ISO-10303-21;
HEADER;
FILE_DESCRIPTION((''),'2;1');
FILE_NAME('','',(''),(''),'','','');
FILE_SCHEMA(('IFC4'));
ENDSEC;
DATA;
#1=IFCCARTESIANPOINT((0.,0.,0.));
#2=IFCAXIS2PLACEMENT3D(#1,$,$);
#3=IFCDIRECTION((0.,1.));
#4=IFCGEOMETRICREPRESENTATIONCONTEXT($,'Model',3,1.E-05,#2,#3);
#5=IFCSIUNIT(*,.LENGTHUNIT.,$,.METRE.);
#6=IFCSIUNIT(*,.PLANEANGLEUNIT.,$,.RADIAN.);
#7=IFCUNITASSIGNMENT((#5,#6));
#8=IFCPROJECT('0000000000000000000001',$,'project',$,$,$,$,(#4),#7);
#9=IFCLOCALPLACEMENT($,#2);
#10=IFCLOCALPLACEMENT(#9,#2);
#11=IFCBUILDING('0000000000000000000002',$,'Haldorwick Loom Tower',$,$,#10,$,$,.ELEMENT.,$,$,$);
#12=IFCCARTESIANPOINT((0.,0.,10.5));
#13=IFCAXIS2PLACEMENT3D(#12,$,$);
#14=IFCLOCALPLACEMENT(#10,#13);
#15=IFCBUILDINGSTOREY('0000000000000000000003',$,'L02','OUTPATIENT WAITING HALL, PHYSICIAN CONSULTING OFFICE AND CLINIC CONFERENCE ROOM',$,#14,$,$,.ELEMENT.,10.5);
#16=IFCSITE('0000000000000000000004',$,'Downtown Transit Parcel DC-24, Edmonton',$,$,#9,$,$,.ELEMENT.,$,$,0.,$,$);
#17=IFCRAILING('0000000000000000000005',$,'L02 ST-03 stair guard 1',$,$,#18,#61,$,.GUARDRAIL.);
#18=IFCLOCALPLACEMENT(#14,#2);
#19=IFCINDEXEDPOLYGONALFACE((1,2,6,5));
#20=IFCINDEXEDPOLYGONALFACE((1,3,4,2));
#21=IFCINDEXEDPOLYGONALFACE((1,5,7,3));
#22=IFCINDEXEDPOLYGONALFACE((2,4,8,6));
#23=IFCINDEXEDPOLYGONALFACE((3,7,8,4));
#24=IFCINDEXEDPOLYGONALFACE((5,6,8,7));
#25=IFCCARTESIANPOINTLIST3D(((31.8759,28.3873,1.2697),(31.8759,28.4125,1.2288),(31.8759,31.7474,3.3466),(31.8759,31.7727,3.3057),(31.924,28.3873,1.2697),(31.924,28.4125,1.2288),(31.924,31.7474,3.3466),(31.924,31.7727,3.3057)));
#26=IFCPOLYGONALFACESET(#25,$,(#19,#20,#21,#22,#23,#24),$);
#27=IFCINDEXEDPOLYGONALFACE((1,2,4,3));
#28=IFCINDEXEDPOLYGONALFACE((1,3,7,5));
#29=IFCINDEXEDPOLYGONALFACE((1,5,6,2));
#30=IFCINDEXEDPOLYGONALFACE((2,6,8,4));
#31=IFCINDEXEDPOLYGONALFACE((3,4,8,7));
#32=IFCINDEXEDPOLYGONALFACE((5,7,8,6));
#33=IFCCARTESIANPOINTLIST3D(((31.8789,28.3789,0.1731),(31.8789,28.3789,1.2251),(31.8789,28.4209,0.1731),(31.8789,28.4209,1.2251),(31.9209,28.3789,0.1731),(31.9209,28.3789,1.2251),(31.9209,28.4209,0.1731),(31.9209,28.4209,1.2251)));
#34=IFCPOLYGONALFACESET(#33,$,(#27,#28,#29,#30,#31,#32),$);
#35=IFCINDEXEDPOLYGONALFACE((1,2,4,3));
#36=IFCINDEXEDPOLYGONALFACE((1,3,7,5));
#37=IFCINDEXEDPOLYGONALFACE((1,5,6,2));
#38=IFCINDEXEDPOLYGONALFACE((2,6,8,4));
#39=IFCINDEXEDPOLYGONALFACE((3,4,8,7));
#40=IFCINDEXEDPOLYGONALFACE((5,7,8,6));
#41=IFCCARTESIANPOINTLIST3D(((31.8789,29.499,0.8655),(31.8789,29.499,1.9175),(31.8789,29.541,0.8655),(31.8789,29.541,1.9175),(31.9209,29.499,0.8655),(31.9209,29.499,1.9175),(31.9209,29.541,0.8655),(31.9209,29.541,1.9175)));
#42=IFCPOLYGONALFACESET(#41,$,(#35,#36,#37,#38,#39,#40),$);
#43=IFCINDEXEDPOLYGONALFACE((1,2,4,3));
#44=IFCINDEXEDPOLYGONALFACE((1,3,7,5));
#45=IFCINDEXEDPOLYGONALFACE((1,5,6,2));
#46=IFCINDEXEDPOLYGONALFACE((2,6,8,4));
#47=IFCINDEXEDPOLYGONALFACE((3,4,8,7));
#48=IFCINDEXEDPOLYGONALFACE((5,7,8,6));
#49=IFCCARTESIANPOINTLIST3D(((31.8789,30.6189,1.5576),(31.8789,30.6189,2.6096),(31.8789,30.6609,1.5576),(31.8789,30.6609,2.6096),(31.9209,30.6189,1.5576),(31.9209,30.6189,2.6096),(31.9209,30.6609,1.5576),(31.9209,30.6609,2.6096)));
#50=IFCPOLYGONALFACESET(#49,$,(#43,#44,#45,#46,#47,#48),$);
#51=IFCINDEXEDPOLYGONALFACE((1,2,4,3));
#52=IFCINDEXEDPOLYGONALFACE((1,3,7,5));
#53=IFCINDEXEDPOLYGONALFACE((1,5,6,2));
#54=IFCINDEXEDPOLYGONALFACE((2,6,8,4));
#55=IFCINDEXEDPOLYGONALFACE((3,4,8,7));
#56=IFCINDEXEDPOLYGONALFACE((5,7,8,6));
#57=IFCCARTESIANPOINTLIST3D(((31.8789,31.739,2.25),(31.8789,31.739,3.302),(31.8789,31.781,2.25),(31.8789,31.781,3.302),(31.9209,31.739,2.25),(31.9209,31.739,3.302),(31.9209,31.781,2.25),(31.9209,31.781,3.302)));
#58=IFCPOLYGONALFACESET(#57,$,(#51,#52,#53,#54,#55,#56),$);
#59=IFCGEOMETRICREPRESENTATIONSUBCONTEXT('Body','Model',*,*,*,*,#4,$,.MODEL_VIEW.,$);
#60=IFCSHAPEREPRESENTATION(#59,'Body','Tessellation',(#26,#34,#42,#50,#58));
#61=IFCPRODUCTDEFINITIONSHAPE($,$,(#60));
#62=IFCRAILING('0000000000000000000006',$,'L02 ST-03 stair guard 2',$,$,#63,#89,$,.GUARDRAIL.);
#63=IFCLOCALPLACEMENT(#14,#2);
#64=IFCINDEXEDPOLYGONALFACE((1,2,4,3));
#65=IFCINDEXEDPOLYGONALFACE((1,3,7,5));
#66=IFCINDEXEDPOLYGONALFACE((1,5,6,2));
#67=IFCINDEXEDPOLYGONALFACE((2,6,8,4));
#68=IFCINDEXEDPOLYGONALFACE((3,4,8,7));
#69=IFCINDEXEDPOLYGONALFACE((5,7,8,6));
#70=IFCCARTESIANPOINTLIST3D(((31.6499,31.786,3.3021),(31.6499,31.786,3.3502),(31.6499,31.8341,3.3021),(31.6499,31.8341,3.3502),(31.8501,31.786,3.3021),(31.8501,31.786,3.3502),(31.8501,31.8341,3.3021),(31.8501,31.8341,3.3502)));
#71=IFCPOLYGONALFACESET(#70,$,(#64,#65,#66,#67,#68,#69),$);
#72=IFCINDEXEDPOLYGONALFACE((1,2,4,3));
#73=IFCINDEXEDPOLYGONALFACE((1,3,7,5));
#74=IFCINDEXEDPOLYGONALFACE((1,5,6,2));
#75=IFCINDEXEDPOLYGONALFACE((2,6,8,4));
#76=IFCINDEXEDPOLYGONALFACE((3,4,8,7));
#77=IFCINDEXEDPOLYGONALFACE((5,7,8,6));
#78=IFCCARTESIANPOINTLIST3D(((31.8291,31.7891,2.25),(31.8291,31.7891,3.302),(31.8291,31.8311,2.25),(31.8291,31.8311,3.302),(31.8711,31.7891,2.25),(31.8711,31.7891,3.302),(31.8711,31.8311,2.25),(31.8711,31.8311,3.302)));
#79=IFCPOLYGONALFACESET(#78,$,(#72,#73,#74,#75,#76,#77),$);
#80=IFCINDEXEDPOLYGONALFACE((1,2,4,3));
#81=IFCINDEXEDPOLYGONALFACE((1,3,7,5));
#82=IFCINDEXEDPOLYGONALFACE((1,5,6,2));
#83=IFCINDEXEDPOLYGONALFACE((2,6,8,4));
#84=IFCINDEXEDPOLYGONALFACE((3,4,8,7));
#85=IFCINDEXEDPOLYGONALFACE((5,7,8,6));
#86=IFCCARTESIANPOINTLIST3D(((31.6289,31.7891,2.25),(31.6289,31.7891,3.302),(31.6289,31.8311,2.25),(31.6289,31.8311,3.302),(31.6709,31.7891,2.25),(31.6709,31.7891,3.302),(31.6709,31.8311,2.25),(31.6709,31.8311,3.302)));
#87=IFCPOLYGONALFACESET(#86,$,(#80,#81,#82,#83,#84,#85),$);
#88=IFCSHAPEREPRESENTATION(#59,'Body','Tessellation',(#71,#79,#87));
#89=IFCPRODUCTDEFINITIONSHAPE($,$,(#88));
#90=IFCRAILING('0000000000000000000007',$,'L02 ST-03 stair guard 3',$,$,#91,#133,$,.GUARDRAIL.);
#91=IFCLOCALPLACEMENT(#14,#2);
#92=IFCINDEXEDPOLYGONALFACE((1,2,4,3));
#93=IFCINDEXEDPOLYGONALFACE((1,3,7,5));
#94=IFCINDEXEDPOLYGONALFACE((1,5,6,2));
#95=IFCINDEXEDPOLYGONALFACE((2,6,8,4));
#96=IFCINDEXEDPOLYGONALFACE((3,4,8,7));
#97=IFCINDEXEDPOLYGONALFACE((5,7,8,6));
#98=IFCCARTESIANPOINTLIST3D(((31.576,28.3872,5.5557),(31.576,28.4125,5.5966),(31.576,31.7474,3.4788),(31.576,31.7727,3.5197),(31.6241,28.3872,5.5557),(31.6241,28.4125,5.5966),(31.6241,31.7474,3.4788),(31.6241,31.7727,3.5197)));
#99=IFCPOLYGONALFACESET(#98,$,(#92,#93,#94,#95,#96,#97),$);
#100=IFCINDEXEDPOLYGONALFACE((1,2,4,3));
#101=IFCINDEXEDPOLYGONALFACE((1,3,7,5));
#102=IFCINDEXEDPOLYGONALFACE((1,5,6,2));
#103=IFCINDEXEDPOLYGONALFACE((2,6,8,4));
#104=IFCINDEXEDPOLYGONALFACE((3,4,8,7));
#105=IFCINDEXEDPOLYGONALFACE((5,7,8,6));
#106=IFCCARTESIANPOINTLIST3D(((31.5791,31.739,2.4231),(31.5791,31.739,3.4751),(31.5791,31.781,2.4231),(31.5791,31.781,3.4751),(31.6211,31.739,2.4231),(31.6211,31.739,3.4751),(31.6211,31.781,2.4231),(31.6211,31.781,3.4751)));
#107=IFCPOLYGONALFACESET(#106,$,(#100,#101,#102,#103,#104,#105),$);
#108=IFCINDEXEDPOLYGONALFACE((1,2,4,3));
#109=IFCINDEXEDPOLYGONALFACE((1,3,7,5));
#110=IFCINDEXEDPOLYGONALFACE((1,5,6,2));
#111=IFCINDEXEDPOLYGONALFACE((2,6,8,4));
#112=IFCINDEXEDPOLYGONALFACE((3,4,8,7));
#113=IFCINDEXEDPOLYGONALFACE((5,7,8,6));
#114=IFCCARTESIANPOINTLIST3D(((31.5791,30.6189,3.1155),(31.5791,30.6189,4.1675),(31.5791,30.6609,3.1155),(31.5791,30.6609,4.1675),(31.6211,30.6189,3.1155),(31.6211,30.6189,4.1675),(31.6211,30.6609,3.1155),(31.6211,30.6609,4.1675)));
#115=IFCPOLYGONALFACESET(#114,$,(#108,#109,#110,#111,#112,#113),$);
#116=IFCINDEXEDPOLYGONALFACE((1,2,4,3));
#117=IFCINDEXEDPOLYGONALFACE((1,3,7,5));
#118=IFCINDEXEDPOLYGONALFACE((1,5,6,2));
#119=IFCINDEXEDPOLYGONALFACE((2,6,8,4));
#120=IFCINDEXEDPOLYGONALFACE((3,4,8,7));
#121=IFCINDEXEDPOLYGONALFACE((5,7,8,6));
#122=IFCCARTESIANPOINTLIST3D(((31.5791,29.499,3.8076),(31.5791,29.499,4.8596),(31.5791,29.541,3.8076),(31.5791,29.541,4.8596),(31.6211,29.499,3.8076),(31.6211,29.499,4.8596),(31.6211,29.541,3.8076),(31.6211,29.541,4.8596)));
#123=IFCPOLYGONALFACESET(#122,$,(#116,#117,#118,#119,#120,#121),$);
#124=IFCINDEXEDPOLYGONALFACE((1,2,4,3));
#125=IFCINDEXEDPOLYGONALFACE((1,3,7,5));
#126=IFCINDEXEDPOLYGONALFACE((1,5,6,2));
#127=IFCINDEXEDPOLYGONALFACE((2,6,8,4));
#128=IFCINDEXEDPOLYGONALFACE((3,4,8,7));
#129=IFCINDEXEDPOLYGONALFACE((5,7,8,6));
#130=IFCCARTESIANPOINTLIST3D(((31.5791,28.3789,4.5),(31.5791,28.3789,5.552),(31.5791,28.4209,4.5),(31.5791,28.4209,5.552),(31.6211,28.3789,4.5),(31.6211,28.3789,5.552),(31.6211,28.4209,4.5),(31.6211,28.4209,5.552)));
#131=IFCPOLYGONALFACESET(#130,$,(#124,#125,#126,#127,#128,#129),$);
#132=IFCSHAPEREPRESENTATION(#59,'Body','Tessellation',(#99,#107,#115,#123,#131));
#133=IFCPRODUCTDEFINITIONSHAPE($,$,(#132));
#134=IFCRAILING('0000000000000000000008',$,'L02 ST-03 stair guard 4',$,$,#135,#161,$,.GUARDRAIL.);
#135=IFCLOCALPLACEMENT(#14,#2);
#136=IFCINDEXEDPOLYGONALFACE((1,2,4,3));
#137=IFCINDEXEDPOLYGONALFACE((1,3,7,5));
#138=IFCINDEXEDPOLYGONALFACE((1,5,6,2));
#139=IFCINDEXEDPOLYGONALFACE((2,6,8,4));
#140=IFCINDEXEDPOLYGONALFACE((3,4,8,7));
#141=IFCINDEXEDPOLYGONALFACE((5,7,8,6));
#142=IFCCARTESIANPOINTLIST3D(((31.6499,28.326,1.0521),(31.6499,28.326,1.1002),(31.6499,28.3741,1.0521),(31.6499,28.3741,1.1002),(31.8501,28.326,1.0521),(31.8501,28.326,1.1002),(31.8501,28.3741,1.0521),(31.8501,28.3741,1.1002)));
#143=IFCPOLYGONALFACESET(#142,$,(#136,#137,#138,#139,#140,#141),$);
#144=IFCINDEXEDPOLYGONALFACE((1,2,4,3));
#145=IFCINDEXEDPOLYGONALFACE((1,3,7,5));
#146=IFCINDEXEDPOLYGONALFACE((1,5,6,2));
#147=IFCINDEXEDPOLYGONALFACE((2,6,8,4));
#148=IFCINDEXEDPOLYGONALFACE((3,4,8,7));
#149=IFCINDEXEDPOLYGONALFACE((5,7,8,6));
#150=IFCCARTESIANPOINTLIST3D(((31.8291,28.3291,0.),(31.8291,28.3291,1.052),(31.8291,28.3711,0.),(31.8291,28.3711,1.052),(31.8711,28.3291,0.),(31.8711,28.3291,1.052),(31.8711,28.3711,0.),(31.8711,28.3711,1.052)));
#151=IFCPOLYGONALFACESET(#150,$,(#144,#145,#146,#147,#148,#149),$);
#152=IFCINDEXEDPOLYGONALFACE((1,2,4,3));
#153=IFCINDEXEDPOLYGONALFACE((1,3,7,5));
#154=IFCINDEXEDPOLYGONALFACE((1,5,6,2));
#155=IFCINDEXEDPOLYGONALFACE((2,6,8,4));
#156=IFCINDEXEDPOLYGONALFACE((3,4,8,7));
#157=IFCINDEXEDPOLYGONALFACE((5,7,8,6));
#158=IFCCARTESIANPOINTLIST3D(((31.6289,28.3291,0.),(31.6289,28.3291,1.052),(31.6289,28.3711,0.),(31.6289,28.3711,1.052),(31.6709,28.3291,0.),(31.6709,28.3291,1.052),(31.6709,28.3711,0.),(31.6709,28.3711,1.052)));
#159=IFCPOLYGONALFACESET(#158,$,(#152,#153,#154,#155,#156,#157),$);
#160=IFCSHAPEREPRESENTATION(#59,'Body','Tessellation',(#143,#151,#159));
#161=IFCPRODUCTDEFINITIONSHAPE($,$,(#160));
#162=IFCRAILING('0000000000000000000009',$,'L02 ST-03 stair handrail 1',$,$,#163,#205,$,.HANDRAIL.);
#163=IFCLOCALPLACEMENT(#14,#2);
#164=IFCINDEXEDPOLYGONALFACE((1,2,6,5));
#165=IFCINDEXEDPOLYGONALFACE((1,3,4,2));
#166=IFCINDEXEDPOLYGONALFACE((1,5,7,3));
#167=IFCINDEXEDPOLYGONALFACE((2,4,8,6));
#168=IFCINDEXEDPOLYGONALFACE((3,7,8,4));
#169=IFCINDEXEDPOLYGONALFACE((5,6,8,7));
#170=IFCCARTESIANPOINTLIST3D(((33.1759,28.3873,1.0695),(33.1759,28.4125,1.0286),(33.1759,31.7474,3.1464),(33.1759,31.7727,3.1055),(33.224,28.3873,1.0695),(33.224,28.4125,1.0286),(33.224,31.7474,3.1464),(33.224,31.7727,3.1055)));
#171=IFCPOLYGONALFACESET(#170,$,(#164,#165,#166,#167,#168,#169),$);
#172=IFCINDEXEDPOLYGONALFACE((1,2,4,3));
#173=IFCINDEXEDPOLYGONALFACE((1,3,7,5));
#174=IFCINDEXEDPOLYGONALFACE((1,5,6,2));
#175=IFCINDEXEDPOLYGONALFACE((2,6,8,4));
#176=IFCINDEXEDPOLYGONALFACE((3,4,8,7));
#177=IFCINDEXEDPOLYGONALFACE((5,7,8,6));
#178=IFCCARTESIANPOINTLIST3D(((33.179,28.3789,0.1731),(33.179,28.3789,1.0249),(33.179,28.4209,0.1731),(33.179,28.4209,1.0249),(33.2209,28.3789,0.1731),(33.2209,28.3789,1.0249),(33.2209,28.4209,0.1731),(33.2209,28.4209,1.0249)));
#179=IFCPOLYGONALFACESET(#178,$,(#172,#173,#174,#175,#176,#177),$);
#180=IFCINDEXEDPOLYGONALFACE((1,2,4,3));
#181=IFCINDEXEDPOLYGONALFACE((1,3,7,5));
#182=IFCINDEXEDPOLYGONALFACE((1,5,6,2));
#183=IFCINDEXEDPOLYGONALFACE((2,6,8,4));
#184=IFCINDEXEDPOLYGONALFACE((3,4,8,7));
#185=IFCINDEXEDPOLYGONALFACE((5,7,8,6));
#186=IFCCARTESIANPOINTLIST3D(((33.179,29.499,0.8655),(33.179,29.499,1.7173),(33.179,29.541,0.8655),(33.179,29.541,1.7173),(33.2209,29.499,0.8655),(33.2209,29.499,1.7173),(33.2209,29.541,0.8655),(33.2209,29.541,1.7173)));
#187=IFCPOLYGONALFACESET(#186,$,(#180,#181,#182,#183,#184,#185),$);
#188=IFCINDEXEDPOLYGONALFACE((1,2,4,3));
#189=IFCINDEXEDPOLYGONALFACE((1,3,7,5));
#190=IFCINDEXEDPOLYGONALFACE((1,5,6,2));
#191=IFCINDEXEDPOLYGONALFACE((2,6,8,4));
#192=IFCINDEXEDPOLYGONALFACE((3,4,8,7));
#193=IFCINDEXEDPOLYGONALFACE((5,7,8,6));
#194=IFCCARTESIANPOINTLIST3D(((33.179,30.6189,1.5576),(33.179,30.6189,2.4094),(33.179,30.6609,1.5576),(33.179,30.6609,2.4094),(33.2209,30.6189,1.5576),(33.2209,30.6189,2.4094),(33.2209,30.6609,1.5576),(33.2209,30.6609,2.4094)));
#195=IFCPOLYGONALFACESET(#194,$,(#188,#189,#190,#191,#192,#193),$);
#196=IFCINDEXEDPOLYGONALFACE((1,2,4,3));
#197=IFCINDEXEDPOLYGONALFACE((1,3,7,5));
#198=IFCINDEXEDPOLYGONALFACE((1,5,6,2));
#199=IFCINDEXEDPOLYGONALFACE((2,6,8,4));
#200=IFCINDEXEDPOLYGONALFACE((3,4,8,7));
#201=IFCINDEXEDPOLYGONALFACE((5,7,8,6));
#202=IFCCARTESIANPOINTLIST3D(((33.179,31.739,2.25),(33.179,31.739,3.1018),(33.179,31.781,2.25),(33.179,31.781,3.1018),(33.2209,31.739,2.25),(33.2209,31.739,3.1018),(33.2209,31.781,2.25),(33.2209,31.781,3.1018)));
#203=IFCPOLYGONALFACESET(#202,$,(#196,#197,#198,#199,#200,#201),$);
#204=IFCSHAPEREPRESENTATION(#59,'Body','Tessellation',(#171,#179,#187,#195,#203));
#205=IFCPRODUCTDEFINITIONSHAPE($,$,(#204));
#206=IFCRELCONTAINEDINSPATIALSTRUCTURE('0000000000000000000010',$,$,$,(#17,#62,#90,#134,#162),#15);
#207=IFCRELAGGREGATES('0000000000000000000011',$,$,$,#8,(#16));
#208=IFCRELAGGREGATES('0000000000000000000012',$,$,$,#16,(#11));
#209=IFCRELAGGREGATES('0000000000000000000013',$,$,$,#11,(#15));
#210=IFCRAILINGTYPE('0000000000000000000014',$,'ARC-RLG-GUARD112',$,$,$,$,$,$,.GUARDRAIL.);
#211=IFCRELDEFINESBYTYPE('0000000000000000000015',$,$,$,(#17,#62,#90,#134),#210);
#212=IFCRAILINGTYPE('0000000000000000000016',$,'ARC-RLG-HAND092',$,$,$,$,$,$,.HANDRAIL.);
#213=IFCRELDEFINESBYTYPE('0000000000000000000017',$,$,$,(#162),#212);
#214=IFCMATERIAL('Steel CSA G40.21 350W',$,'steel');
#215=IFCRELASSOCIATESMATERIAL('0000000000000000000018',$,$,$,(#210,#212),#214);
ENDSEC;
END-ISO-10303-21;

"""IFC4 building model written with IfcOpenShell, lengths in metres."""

from ifc_helpers import new_model, si_unit, direction, frame, origin, origin_2d, place, context, subcontext, project, spatial, rectangle, extrude, material, type_object, element, save


model = new_model("IFC4")

# Units and contexts
model_context = context("Model", 3, precision=1e-05, world=origin(), true_north=direction((0.0, 1.0)))
body_context = subcontext(model_context, "Body", "Model", "MODEL_VIEW")
ifc_project = project(units=[si_unit("LENGTHUNIT", "METRE"), si_unit("PLANEANGLEUNIT", "RADIAN")], contexts=[model_context])

# Site, building, storey
site_placement = place(None, origin())
site = spatial("IfcSite", under=ifc_project, at=site_placement, Name="Downtown Transit Parcel DC-24, Edmonton", CompositionType="ELEMENT", RefElevation=0.0)
building_placement = place(site_placement, origin())
building = spatial("IfcBuilding", under=site, at=building_placement, Name="Haldorwick Loom Tower", CompositionType="ELEMENT")
storey_placement = place(building_placement, frame((0.0, 0.0, 10.5)))
storey = spatial("IfcBuildingStorey", under=building, at=storey_placement, Name="L02", Description="OUTPATIENT WAITING HALL, PHYSICIAN CONSULTING OFFICE AND CLINIC CONFERENCE ROOM", CompositionType="ELEMENT", Elevation=10.5)

# Railings
ifc_material_1 = material(Name="Steel CSA G40.21 350W", Category="steel")
railing_type_1 = type_object("IfcRailingType", Name="ARC-RLG-GUARD112", PredefinedType="GUARDRAIL", material=ifc_material_1)
railing_1_placement = place(storey_placement, frame((31.8999, 28.3999, 0.1731)))
element("IfcRailing", 1, at=railing_1_placement, inside=storey, type_object=railing_type_1, Name="L02 ST-03 stair guard 1", PredefinedType="GUARDRAIL", context=body_context, shape_type="SweptSolid", body=[
    extrude(rectangle(XDim=0.0481, YDim=0.0481, at=origin_2d()), frame((0.0, 0.0, 1.0762), z_axis=(0.0, 0.850623, 0.525776), x_axis=(-1.0, 0.0, 0.0)), (0.0, 0.0, 1.0), 3.9502),
    extrude(rectangle(XDim=0.042, YDim=0.042, at=origin_2d()), origin(), (0.0, 0.0, 1.0), 1.052),
    extrude(rectangle(XDim=0.042, YDim=0.042, at=origin_2d()), frame((0.0, 1.1201, 0.6924)), (0.0, 0.0, 1.0), 1.052),
    extrude(rectangle(XDim=0.042, YDim=0.042, at=origin_2d()), frame((0.0, 2.24, 1.3845)), (0.0, 0.0, 1.0), 1.052),
    extrude(rectangle(XDim=0.042, YDim=0.042, at=origin_2d()), frame((0.0, 3.3601, 2.0769)), (0.0, 0.0, 1.0), 1.052),
])
railing_2_placement = place(storey_placement, frame((31.8501, 31.8101, 2.25)))
element("IfcRailing", 2, at=railing_2_placement, inside=storey, type_object=railing_type_1, Name="L02 ST-03 stair guard 2", PredefinedType="GUARDRAIL", context=body_context, shape_type="SweptSolid", body=[
    extrude(rectangle(XDim=0.0481, YDim=0.0481, at=origin_2d()), frame((0.0, 0.0, 1.0762), z_axis=(-1.0, 0.0, 0.0), x_axis=(0.0, -1.0, 0.0)), (0.0, 0.0, 1.0), 0.2002),
    extrude(rectangle(XDim=0.042, YDim=0.042, at=origin_2d()), origin(), (0.0, 0.0, 1.0), 1.052),
    extrude(rectangle(XDim=0.042, YDim=0.042, at=origin_2d()), frame((-0.2002, 0.0, 0.0)), (0.0, 0.0, 1.0), 1.052),
])
railing_3_placement = place(storey_placement, frame((31.6001, 31.76, 2.4231)))
element("IfcRailing", 3, at=railing_3_placement, inside=storey, type_object=railing_type_1, Name="L02 ST-03 stair guard 3", PredefinedType="GUARDRAIL", context=body_context, shape_type="SweptSolid", body=[
    extrude(rectangle(XDim=0.0481, YDim=0.0481, at=origin_2d()), frame((0.0, 0.0, 1.0762), z_axis=(0.0, -0.850623, 0.525776), x_axis=(1.0, 0.0, 0.0)), (0.0, 0.0, 1.0), 3.9502),
    extrude(rectangle(XDim=0.042, YDim=0.042, at=origin_2d()), origin(), (0.0, 0.0, 1.0), 1.052),
    extrude(rectangle(XDim=0.042, YDim=0.042, at=origin_2d()), frame((0.0, -1.1201, 0.6924)), (0.0, 0.0, 1.0), 1.052),
    extrude(rectangle(XDim=0.042, YDim=0.042, at=origin_2d()), frame((0.0, -2.24, 1.3845)), (0.0, 0.0, 1.0), 1.052),
    extrude(rectangle(XDim=0.042, YDim=0.042, at=origin_2d()), frame((0.0, -3.3601, 2.0769)), (0.0, 0.0, 1.0), 1.052),
])
railing_4_placement = place(storey_placement, frame((31.8501, 28.3501, 0.0)))
element("IfcRailing", 4, at=railing_4_placement, inside=storey, type_object=railing_type_1, Name="L02 ST-03 stair guard 4", PredefinedType="GUARDRAIL", context=body_context, shape_type="SweptSolid", body=[
    extrude(rectangle(XDim=0.0481, YDim=0.0481, at=origin_2d()), frame((0.0, 0.0, 1.0762), z_axis=(-1.0, 0.0, 0.0), x_axis=(0.0, -1.0, 0.0)), (0.0, 0.0, 1.0), 0.2002),
    extrude(rectangle(XDim=0.042, YDim=0.042, at=origin_2d()), origin(), (0.0, 0.0, 1.0), 1.052),
    extrude(rectangle(XDim=0.042, YDim=0.042, at=origin_2d()), frame((-0.2002, 0.0, 0.0)), (0.0, 0.0, 1.0), 1.052),
])
railing_type_2 = type_object("IfcRailingType", Name="ARC-RLG-HAND092", PredefinedType="HANDRAIL", material=ifc_material_1)
railing_5_placement = place(storey_placement, frame((33.2, 28.3999, 0.1731)))
element("IfcRailing", 5, at=railing_5_placement, inside=storey, type_object=railing_type_2, Name="L02 ST-03 stair handrail 1", PredefinedType="HANDRAIL", context=body_context, shape_type="SweptSolid", body=[
    extrude(rectangle(XDim=0.0481, YDim=0.0481, at=origin_2d()), frame((0.0, 0.0, 0.876), z_axis=(0.0, 0.850623, 0.525776), x_axis=(-1.0, 0.0, 0.0)), (0.0, 0.0, 1.0), 3.9502),
    extrude(rectangle(XDim=0.042, YDim=0.042, at=origin_2d()), origin(), (0.0, 0.0, 1.0), 0.8518),
    extrude(rectangle(XDim=0.042, YDim=0.042, at=origin_2d()), frame((0.0, 1.1201, 0.6924)), (0.0, 0.0, 1.0), 0.8518),
    extrude(rectangle(XDim=0.042, YDim=0.042, at=origin_2d()), frame((0.0, 2.24, 1.3845)), (0.0, 0.0, 1.0), 0.8518),
    extrude(rectangle(XDim=0.042, YDim=0.042, at=origin_2d()), frame((0.0, 3.3601, 2.0769)), (0.0, 0.0, 1.0), 0.8518),
])

save(model, "model.ifc")
